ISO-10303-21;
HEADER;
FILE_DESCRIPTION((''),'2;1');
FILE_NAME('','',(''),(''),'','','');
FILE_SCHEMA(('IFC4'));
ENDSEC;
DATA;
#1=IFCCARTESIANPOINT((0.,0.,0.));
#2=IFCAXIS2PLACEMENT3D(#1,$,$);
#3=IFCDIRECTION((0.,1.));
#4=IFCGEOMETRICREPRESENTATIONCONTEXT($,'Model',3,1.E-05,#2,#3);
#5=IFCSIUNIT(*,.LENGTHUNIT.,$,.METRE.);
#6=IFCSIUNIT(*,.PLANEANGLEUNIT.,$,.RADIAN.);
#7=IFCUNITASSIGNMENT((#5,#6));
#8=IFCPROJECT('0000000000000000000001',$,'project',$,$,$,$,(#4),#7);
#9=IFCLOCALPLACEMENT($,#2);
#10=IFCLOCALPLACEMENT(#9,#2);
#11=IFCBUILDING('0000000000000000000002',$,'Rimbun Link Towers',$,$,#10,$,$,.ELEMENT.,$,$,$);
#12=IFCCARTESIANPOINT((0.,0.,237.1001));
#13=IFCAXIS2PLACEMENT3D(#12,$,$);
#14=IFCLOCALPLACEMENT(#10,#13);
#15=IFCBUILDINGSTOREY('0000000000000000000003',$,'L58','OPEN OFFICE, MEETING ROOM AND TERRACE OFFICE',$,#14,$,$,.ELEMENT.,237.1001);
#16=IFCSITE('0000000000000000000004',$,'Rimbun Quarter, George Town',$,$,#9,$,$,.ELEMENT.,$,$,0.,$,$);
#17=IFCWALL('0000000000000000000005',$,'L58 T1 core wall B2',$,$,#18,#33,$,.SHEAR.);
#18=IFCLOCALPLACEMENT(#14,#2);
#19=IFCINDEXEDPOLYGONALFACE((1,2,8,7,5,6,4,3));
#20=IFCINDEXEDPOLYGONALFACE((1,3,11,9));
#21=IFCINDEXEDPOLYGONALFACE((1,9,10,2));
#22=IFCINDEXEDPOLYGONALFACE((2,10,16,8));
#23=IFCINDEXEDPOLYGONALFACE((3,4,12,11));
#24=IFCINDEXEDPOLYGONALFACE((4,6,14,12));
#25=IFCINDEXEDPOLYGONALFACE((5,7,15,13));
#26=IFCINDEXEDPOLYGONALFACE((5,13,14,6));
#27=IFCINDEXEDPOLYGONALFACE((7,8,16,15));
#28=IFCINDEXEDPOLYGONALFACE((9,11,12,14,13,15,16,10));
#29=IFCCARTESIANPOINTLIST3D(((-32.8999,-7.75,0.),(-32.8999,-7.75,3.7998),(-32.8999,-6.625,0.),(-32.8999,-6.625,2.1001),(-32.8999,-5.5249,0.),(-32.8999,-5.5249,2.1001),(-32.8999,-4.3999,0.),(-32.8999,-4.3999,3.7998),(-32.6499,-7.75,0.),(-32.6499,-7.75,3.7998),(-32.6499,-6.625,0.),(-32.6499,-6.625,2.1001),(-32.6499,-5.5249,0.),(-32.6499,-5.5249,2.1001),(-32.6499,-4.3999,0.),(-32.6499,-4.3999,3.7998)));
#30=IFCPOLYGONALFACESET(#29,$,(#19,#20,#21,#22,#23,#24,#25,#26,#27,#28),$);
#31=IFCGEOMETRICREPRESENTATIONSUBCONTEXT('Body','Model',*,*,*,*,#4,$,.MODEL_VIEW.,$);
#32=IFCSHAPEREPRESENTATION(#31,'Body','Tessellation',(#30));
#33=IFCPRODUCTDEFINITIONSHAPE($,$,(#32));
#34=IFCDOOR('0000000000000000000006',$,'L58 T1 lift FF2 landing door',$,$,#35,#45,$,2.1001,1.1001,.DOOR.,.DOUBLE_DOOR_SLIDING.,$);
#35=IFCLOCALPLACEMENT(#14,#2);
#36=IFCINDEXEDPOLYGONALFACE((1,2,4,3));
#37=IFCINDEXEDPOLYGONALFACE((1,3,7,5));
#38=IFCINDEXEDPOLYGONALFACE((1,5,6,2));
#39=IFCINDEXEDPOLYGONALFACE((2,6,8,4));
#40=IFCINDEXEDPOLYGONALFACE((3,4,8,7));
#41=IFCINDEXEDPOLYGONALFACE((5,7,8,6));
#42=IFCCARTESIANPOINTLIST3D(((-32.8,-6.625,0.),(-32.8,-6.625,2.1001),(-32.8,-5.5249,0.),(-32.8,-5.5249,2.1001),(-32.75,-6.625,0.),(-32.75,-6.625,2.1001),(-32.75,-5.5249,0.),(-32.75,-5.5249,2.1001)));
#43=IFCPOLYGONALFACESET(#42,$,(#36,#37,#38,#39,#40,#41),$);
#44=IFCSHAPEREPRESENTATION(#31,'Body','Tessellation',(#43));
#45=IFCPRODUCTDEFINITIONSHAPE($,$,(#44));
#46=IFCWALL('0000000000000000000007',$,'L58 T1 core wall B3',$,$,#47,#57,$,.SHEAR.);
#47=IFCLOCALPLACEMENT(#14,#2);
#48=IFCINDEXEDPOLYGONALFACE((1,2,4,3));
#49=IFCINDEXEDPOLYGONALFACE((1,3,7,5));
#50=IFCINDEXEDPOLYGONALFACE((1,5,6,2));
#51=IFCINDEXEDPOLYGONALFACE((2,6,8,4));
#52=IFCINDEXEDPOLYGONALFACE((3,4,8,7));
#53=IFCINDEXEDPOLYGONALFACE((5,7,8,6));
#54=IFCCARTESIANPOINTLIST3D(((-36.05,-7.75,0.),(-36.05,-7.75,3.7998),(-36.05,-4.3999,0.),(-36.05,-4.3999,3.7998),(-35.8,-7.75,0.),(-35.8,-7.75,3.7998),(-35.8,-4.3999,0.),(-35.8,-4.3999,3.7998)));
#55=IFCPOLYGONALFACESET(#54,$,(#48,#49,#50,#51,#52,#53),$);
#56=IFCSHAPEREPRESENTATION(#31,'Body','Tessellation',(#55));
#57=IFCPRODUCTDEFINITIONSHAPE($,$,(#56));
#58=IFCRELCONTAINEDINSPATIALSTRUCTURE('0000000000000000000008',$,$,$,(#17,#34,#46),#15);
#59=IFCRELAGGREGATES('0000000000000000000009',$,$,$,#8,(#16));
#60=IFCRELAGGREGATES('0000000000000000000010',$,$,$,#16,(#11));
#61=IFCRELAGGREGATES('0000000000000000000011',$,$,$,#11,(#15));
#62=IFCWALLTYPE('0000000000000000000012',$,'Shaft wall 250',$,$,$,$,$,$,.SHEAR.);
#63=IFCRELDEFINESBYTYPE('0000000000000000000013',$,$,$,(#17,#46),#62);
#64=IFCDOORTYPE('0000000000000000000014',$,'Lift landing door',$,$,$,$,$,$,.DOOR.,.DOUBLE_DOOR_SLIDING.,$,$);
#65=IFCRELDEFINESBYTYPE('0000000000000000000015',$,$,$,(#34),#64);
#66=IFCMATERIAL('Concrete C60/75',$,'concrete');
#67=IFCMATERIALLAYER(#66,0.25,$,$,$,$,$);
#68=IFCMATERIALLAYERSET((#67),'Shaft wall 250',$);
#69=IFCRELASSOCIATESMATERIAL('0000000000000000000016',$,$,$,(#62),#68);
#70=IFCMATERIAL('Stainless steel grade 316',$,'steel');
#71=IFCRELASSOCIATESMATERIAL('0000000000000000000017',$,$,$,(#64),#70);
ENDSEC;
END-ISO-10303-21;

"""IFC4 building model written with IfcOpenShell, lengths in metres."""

from ifc_helpers import new_model, si_unit, direction, frame, frame_2d, origin, place, context, subcontext, project, spatial, rectangle, extrude, material, layer, layer_set, type_object, element, fill, save


model = new_model("IFC4")

# Units and contexts
model_context = context("Model", 3, precision=1e-05, world=origin(), true_north=direction((0.0, 1.0)))
body_context = subcontext(model_context, "Body", "Model", "MODEL_VIEW")
ifc_project = project(units=[si_unit("LENGTHUNIT", "METRE"), si_unit("PLANEANGLEUNIT", "RADIAN")], contexts=[model_context])

# Site, building, storey
site_placement = place(None, origin())
site = spatial("IfcSite", under=ifc_project, at=site_placement, Name="Rimbun Quarter, George Town", CompositionType="ELEMENT", RefElevation=0.0)
building_placement = place(site_placement, origin())
building = spatial("IfcBuilding", under=site, at=building_placement, Name="Rimbun Link Towers", CompositionType="ELEMENT")
storey_placement = place(building_placement, frame((0.0, 0.0, 237.1001)))
storey = spatial("IfcBuildingStorey", under=building, at=storey_placement, Name="L58", Description="OPEN OFFICE, MEETING ROOM AND TERRACE OFFICE", CompositionType="ELEMENT", Elevation=237.1001)

# Shared definitions
ifc_material_1 = material(Name="Concrete C60/75", Category="concrete")
ifc_layer_1 = layer(ifc_material_1, 0.25)
ifc_layer_set_1 = layer_set([ifc_layer_1], Name="Shaft wall 250")
wall_type_1 = type_object("IfcWallType", Name="Shaft wall 250", PredefinedType="SHEAR", material=ifc_layer_set_1)

# Shared definitions
ifc_material_2 = material(Name="Stainless steel grade 316", Category="steel")
door_type_1 = type_object("IfcDoorType", Name="Lift landing door", OperationType="DOUBLE_DOOR_SLIDING", PredefinedType="DOOR", material=ifc_material_2)

# Wall, opening, door
wall_1_placement = place(storey_placement, frame((-32.7749, -4.3999, 0.0), z_axis=(0.0, 0.0, 1.0), x_axis=(0.0, -1.0, 0.0)))
wall_1 = element("IfcWall", 1, at=wall_1_placement, inside=storey, type_object=wall_type_1, Name="L58 T1 core wall B2", PredefinedType="SHEAR", context=body_context, shape_type="SweptSolid", body=[
    extrude(rectangle(XDim=3.3501, YDim=0.25, at=frame_2d((1.675, 0.0))), origin(), (0.0, 0.0, 1.0), 3.7998),
])
opening_1_placement = place(wall_1_placement, frame((1.125, 0.0, 0.0)))
opening_1 = element("IfcOpeningElement", 2, at=opening_1_placement, cuts=wall_1, PredefinedType="OPENING", context=body_context, shape_type="SweptSolid", body=[
    extrude(rectangle(XDim=1.1001, YDim=2.1001, at=frame_2d((0.55, 1.05))), frame((0.0, 0.135, 0.0), z_axis=(0.0, -1.0, 0.0), x_axis=(1.0, 0.0, 0.0)), (0.0, 0.0, 1.0), 0.27),
])
door_1_placement = place(opening_1_placement, origin())
door_1 = element("IfcDoor", 3, at=door_1_placement, inside=storey, type_object=door_type_1, Name="L58 T1 lift FF2 landing door", OperationType="DOUBLE_DOOR_SLIDING", OverallHeight=2.1001, OverallWidth=1.1001, PredefinedType="DOOR", context=body_context, shape_type="SweptSolid", body=[
    extrude(rectangle(XDim=1.1001, YDim=2.1001, at=frame_2d((0.55, 1.05))), frame((0.0, 0.0249, 0.0), z_axis=(0.0, -1.0, 0.0), x_axis=(1.0, 0.0, 0.0)), (0.0, 0.0, 1.0), 0.05),
])
fill(opening_1, door_1)

# Wall
wall_2_placement = place(storey_placement, frame((-35.925, -4.3999, 0.0), z_axis=(0.0, 0.0, 1.0), x_axis=(0.0, -1.0, 0.0)))
element("IfcWall", 4, at=wall_2_placement, inside=storey, type_object=wall_type_1, Name="L58 T1 core wall B3", PredefinedType="SHEAR", context=body_context, shape_type="SweptSolid", body=[
    extrude(rectangle(XDim=3.3501, YDim=0.25, at=frame_2d((1.675, 0.0))), origin(), (0.0, 0.0, 1.0), 3.7998),
])

save(model, "model.ifc")
